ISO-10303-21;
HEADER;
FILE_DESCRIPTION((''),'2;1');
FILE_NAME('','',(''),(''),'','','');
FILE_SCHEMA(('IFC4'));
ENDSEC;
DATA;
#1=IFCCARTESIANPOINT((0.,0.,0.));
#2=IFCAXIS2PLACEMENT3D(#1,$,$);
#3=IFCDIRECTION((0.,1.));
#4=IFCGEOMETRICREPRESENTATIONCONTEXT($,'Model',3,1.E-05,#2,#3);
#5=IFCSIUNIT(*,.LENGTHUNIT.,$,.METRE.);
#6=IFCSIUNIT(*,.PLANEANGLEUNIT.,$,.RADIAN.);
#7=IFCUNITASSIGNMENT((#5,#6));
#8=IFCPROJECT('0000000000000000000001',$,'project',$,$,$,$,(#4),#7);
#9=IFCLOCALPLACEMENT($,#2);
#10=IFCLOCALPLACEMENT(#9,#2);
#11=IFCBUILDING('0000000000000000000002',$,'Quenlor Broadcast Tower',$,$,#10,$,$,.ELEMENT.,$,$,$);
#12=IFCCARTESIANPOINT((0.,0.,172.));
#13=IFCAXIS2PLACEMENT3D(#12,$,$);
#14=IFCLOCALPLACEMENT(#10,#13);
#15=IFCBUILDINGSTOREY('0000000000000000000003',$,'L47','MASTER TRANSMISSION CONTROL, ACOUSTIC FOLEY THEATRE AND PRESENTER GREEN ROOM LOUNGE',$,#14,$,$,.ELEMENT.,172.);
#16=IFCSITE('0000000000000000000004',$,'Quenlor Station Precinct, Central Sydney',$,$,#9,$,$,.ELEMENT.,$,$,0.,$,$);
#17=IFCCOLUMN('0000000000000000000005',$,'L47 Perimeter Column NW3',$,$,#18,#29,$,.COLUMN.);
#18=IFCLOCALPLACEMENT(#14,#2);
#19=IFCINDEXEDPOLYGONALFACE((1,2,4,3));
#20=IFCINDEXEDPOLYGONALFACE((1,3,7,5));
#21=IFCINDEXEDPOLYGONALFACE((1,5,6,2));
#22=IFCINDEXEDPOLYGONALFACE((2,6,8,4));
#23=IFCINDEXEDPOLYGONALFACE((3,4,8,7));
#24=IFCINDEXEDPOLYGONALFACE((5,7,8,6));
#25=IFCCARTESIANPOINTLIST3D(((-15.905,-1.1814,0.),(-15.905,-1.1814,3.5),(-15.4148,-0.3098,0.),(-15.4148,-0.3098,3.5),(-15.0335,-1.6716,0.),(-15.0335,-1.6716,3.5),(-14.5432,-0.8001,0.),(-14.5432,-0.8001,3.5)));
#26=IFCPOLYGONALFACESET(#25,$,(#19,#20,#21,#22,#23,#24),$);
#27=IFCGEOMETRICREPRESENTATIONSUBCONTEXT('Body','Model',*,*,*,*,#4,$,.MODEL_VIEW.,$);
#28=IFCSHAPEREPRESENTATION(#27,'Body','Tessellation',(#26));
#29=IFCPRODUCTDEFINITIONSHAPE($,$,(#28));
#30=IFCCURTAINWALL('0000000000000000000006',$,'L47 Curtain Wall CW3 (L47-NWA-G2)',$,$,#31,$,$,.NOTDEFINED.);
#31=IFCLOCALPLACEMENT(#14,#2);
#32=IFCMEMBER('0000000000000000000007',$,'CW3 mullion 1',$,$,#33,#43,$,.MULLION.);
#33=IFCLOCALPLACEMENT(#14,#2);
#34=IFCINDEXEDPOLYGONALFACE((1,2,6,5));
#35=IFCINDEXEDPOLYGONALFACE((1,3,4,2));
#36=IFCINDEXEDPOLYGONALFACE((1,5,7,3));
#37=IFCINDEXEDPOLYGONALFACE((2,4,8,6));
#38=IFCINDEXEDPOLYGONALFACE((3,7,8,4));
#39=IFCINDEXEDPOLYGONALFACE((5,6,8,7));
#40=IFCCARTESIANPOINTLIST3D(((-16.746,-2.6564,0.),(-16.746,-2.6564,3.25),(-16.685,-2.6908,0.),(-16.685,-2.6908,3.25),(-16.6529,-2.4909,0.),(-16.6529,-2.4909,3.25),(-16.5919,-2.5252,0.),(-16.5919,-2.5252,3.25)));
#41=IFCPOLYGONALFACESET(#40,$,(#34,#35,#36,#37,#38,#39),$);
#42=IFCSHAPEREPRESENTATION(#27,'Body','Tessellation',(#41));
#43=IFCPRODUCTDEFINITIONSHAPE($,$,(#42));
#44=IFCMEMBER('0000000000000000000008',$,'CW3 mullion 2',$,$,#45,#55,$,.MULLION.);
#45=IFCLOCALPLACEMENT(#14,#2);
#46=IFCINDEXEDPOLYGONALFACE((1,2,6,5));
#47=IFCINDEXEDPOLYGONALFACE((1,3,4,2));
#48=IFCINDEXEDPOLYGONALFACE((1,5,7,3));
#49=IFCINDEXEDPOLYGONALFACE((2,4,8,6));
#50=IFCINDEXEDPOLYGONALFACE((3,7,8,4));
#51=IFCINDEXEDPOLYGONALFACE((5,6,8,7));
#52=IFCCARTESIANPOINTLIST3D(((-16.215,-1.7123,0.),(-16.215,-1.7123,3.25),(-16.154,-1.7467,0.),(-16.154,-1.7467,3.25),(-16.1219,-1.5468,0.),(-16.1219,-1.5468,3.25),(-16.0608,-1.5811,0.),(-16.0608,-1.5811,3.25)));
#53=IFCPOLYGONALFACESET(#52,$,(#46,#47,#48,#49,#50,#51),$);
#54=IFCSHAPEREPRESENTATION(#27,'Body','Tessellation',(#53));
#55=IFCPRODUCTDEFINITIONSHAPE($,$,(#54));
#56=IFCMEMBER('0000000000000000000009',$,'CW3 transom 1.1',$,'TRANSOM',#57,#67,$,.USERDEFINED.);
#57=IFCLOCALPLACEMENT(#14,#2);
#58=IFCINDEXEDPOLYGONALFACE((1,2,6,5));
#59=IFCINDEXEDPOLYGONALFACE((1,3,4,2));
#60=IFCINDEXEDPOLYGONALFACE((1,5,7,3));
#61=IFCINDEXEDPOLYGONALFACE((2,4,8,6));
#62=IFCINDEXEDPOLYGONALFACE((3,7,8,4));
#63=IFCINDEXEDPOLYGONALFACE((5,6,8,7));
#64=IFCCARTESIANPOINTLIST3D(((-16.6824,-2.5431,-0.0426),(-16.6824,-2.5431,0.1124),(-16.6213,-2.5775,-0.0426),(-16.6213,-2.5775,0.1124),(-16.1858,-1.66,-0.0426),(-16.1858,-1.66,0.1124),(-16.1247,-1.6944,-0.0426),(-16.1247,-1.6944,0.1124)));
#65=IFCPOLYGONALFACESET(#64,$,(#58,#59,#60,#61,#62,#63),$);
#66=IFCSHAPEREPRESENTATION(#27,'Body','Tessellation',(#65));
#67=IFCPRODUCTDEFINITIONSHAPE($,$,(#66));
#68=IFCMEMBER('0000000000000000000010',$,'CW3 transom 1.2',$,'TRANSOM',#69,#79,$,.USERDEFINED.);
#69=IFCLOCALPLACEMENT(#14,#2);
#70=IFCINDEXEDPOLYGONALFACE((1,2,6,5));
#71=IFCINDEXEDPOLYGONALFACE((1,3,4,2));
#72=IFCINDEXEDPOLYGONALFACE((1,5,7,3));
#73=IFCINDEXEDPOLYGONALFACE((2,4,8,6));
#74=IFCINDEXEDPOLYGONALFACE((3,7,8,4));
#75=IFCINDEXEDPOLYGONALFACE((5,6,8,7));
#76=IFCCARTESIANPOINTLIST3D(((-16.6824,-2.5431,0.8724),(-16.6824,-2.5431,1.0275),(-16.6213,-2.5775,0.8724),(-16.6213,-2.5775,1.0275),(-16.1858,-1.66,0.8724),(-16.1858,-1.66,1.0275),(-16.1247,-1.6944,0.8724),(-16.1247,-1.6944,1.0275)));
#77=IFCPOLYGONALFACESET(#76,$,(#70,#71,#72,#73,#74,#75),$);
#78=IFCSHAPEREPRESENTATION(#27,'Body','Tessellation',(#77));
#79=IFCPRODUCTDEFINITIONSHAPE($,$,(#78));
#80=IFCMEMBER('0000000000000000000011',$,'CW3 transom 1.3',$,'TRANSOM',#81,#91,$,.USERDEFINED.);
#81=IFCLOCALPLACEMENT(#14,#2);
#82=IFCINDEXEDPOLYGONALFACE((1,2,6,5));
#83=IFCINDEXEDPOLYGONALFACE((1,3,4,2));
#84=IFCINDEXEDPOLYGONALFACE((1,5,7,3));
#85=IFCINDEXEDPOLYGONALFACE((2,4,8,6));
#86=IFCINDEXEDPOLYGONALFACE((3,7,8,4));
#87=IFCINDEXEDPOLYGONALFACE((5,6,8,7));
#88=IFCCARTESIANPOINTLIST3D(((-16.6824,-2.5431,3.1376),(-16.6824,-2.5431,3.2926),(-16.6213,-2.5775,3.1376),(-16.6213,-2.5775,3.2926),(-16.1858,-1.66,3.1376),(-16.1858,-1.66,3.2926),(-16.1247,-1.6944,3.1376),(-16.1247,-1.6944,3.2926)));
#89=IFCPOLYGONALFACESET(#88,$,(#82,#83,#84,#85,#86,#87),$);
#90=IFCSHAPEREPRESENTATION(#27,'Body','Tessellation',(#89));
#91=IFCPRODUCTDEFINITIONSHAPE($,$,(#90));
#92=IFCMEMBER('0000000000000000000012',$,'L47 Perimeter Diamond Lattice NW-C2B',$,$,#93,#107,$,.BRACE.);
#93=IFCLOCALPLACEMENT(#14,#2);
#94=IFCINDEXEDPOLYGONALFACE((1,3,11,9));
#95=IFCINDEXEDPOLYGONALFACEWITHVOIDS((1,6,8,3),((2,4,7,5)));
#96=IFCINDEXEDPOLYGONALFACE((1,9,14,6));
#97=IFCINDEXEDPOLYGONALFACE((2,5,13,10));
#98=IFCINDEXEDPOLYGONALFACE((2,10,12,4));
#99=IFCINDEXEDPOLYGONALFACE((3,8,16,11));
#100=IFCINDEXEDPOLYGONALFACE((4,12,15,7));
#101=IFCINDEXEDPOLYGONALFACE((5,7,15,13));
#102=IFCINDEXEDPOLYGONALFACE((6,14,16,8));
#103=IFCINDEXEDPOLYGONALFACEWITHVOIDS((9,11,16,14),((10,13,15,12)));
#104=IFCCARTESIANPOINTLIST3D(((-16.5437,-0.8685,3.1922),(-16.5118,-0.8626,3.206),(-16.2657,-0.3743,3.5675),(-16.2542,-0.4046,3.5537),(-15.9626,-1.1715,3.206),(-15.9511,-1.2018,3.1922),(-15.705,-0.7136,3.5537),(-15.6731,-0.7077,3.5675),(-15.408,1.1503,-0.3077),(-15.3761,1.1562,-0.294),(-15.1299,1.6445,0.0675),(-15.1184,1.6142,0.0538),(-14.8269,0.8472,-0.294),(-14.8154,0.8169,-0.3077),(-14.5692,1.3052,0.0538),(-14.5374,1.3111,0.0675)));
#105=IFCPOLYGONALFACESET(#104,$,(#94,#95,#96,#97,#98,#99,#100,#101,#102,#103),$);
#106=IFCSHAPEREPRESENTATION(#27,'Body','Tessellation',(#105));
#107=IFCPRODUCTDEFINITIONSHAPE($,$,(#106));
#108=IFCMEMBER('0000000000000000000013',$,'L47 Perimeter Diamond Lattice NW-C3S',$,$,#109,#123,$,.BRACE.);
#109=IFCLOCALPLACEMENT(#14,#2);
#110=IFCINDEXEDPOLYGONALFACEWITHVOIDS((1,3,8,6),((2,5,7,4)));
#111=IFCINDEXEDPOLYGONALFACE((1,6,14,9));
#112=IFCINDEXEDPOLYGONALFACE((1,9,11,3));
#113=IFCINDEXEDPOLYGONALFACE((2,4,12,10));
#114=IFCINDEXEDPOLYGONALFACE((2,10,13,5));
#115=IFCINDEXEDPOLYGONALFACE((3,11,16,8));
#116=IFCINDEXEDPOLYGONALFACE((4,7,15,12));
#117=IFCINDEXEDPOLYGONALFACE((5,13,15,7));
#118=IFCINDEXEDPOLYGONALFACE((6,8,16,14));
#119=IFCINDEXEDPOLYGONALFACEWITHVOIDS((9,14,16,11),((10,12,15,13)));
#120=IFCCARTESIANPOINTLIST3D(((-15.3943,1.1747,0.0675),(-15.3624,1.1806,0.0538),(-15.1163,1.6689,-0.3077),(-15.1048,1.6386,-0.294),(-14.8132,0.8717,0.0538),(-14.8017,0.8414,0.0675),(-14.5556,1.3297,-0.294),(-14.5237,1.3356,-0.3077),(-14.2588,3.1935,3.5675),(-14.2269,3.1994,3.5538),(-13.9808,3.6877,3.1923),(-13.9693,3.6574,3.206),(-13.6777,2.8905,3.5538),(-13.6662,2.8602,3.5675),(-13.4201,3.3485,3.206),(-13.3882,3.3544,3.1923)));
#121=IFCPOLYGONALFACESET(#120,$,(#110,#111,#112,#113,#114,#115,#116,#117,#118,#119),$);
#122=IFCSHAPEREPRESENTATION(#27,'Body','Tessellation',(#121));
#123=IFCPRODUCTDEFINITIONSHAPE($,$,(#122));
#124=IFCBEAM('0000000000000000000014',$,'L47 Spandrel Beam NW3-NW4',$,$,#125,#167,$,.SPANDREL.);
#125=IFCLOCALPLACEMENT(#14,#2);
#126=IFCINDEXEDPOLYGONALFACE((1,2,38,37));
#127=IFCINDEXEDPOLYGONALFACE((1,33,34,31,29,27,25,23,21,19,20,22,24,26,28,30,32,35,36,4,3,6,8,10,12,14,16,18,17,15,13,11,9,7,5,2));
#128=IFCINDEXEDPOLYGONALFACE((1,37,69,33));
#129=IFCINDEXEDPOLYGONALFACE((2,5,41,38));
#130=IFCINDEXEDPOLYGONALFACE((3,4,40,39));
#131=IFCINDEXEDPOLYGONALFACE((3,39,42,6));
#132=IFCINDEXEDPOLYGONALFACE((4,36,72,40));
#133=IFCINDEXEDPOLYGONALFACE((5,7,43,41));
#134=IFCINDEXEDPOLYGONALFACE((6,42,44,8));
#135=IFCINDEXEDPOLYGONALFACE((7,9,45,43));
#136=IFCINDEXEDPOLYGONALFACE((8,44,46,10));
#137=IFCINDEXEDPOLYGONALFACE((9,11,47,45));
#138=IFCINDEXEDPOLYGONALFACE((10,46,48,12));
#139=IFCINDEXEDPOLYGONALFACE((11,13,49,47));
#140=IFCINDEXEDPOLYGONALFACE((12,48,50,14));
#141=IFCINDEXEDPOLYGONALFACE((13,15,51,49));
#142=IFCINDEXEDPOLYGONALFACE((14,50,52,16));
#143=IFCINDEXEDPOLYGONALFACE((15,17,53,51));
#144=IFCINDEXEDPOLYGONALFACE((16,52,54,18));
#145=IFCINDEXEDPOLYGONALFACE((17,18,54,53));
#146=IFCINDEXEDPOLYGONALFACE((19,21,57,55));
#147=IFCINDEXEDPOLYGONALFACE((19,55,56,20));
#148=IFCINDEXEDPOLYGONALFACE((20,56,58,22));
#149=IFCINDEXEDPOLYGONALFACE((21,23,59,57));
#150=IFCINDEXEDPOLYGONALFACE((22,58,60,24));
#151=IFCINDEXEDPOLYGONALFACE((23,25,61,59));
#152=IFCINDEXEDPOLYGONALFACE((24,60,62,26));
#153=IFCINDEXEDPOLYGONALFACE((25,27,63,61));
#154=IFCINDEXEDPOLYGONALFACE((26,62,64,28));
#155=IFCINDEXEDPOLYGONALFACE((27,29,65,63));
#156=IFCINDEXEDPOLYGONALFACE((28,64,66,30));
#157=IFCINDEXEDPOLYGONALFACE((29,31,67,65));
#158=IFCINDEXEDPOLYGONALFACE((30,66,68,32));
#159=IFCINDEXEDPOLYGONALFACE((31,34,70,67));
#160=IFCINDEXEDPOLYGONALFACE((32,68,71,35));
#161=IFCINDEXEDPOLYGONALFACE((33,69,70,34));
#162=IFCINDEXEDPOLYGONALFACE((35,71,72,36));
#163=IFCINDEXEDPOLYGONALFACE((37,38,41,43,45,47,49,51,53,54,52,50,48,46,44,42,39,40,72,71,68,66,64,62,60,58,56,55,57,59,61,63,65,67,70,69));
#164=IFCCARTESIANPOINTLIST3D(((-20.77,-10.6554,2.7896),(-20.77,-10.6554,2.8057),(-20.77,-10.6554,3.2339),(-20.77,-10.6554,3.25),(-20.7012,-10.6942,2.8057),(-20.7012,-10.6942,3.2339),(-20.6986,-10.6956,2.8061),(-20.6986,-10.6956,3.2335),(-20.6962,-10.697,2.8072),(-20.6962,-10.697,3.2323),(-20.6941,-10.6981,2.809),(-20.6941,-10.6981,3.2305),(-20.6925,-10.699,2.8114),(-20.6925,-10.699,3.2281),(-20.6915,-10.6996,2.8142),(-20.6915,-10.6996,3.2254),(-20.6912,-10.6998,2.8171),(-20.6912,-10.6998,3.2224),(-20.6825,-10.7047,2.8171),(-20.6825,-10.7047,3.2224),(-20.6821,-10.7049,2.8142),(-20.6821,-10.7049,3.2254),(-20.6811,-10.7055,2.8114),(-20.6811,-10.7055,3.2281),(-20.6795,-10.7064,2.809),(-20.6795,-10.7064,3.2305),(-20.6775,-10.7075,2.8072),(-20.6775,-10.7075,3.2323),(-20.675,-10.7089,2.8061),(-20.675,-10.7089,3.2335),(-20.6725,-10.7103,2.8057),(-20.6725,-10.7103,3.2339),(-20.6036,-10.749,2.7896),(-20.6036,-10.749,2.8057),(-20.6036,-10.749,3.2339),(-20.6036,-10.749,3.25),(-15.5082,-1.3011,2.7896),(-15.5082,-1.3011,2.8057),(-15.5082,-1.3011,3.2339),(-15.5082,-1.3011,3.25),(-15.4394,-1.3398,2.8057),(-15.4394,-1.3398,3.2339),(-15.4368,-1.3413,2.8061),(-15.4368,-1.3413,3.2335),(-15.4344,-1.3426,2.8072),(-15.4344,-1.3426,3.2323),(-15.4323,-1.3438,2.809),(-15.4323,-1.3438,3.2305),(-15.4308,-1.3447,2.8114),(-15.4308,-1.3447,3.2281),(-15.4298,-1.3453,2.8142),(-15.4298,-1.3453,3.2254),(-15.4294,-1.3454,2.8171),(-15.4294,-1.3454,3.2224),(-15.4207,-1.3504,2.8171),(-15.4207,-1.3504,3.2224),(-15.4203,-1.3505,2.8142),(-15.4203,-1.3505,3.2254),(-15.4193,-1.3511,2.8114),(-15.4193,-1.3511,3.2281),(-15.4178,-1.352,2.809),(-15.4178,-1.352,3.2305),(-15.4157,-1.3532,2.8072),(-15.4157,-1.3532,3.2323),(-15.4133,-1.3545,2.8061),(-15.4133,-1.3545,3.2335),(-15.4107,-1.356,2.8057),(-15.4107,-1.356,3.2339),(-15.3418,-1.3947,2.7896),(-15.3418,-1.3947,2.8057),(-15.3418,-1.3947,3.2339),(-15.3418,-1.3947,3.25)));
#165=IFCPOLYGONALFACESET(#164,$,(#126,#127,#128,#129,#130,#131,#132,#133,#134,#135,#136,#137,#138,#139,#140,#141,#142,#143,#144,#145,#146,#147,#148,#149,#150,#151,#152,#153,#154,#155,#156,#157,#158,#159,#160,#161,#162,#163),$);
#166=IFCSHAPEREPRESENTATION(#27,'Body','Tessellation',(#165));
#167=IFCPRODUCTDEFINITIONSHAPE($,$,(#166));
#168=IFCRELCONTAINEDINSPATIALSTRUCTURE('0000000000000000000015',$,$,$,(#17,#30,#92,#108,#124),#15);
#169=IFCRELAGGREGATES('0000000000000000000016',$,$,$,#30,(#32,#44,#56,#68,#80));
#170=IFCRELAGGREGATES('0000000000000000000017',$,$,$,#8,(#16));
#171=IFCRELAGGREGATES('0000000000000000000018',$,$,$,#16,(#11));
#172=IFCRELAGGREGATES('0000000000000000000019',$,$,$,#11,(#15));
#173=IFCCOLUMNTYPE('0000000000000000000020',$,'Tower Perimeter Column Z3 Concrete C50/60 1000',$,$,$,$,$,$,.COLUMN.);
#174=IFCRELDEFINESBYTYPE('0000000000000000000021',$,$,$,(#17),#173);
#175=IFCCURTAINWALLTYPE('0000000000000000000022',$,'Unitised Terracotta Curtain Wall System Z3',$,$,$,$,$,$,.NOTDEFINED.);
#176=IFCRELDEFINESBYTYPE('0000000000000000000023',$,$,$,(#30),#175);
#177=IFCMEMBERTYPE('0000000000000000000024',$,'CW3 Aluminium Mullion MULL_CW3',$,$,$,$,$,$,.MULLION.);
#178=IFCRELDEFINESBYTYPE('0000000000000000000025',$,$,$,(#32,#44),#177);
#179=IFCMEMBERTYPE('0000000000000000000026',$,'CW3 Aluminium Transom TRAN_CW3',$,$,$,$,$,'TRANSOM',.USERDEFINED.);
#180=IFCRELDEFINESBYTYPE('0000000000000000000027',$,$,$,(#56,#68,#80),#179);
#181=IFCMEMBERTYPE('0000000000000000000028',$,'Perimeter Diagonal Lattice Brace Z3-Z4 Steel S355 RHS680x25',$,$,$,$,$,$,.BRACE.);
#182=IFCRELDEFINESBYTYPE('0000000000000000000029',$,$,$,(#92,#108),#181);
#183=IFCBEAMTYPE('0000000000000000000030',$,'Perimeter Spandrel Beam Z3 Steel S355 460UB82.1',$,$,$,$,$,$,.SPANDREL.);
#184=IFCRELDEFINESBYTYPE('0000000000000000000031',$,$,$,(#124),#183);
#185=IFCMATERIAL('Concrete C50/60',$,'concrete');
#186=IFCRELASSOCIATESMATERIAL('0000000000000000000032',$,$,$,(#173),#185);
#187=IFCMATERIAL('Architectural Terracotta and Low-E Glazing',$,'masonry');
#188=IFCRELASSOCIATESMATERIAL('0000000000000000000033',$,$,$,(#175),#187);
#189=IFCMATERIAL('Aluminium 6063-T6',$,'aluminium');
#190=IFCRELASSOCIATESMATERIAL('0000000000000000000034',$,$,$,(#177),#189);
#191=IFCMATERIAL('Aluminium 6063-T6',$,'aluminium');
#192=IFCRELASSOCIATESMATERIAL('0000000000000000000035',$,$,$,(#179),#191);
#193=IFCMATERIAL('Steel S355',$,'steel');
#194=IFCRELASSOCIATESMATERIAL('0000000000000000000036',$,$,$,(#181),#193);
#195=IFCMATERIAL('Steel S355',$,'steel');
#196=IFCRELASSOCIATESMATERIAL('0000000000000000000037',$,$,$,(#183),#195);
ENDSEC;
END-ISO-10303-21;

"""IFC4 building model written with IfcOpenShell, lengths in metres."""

from ifc_helpers import new_model, si_unit, direction, frame, origin, origin_2d, place, context, subcontext, project, spatial, rectangle, hollow_rectangle, i_section, extrude, material, material_profile, profile_set, type_object, element, aggregate, save


model = new_model("IFC4")

# Units and contexts
model_context = context("Model", 3, precision=1e-05, world=origin(), true_north=direction((0.0, 1.0)))
body_context = subcontext(model_context, "Body", "Model", "MODEL_VIEW")
ifc_project = project(units=[si_unit("LENGTHUNIT", "METRE"), si_unit("PLANEANGLEUNIT", "RADIAN")], contexts=[model_context])

# Site, building, storey
site_placement = place(None, origin())
site = spatial("IfcSite", under=ifc_project, at=site_placement, Name="Quenlor Station Precinct, Central Sydney", CompositionType="ELEMENT", RefElevation=0.0)
building_placement = place(site_placement, origin())
building = spatial("IfcBuilding", under=site, at=building_placement, Name="Quenlor Broadcast Tower", CompositionType="ELEMENT")
storey_placement = place(building_placement, frame((0.0, 0.0, 172.0)))
storey = spatial("IfcBuildingStorey", under=building, at=storey_placement, Name="L47", Description="MASTER TRANSMISSION CONTROL, ACOUSTIC FOLEY THEATRE AND PRESENTER GREEN ROOM LOUNGE", CompositionType="ELEMENT", Elevation=172.0)

# Column
ifc_material_1 = material(Name="Concrete C50/60", Category="concrete")
ifc_material_profile_1 = material_profile(ifc_material_1, rectangle(XDim=1.0, YDim=1.0, at=origin_2d()))
ifc_profile_set_1 = profile_set([ifc_material_profile_1], Name="Concrete C50/60 RC1000x1000")
column_type = type_object("IfcColumnType", Name="Tower Perimeter Column Z3 Concrete C50/60 1000", PredefinedType="COLUMN", material=ifc_profile_set_1)
column_placement = place(storey_placement, frame((-15.2241, -0.9907, 0.0), z_axis=(0.0, 0.0, 1.0), x_axis=(-0.871575, 0.490262, 0.0)))
element("IfcColumn", 1, at=column_placement, inside=storey, type_object=column_type, Name="L47 Perimeter Column NW3", PredefinedType="COLUMN", context=body_context, shape_type="SweptSolid", body=[
    extrude(rectangle(XDim=1.0, YDim=1.0, at=origin_2d()), origin(), (0.0, 0.0, 1.0), 3.5),
])

# Curtain wall, members
ifc_material_2 = material(Name="Architectural Terracotta and Low-E Glazing", Category="masonry")
curtain_wall_type = type_object("IfcCurtainWallType", Name="Unitised Terracotta Curtain Wall System Z3", PredefinedType="NOTDEFINED", material=ifc_material_2)
curtain_wall_placement = place(storey_placement, origin())
curtain_wall = element("IfcCurtainWall", 2, at=curtain_wall_placement, inside=storey, type_object=curtain_wall_type, Name="L47 Curtain Wall CW3 (L47-NWA-G2)", PredefinedType="NOTDEFINED")
ifc_material_3 = material(Name="Aluminium 6063-T6", Category="aluminium")
ifc_material_profile_2 = material_profile(ifc_material_3, rectangle(XDim=0.0701, YDim=0.1899, at=origin_2d()))
ifc_profile_set_2 = profile_set([ifc_material_profile_2], Name="Aluminium 6063-T6 MULL70x190")
member_type_1 = type_object("IfcMemberType", Name="CW3 Aluminium Mullion MULL_CW3", PredefinedType="MULLION", material=ifc_profile_set_2)
member_1_placement = place(storey_placement, frame((-16.6689, -2.5908, 0.0), z_axis=(0.0, 0.0, 1.0), x_axis=(-0.87158, 0.490253, 0.0)))
member_1 = element("IfcMember", 3, at=member_1_placement, type_object=member_type_1, Name="CW3 mullion 1", PredefinedType="MULLION", context=body_context, shape_type="SweptSolid", body=[
    extrude(rectangle(XDim=0.0701, YDim=0.1899, at=origin_2d()), origin(), (0.0, 0.0, 1.0), 3.25),
])
member_2_placement = place(storey_placement, frame((-16.1379, -1.6467, 0.0), z_axis=(0.0, 0.0, 1.0), x_axis=(-0.87158, 0.490253, 0.0)))
member_2 = element("IfcMember", 4, at=member_2_placement, type_object=member_type_1, Name="CW3 mullion 2", PredefinedType="MULLION", context=body_context, shape_type="SweptSolid", body=[
    extrude(rectangle(XDim=0.0701, YDim=0.1899, at=origin_2d()), origin(), (0.0, 0.0, 1.0), 3.25),
])
ifc_material_4 = material(Name="Aluminium 6063-T6", Category="aluminium")
ifc_material_profile_3 = material_profile(ifc_material_4, rectangle(XDim=0.0701, YDim=0.155, at=origin_2d()))
ifc_profile_set_3 = profile_set([ifc_material_profile_3], Name="Aluminium 6063-T6 TRAN70x155")
member_type_2 = type_object("IfcMemberType", Name="CW3 Aluminium Transom TRAN_CW3", ElementType="TRANSOM", PredefinedType="USERDEFINED", material=ifc_profile_set_3)
member_3_placement = place(storey_placement, frame((-16.6519, -2.5603, 0.0349), z_axis=(0.490158, 0.871633, 0.0), x_axis=(-0.871633, 0.490158, 0.0)))
member_3 = element("IfcMember", 5, at=member_3_placement, type_object=member_type_2, Name="CW3 transom 1.1", ObjectType="TRANSOM", PredefinedType="USERDEFINED", context=body_context, shape_type="SweptSolid", body=[
    extrude(rectangle(XDim=0.0701, YDim=0.155, at=origin_2d()), origin(), (0.0, 0.0, 1.0), 1.0132),
])
member_4_placement = place(storey_placement, frame((-16.6519, -2.5603, 0.95), z_axis=(0.490158, 0.871633, 0.0), x_axis=(-0.871633, 0.490158, 0.0)))
member_4 = element("IfcMember", 6, at=member_4_placement, type_object=member_type_2, Name="CW3 transom 1.2", ObjectType="TRANSOM", PredefinedType="USERDEFINED", context=body_context, shape_type="SweptSolid", body=[
    extrude(rectangle(XDim=0.0701, YDim=0.155, at=origin_2d()), origin(), (0.0, 0.0, 1.0), 1.0132),
])
member_5_placement = place(storey_placement, frame((-16.6519, -2.5603, 3.2151), z_axis=(0.490158, 0.871633, 0.0), x_axis=(-0.871633, 0.490158, 0.0)))
member_5 = element("IfcMember", 7, at=member_5_placement, type_object=member_type_2, Name="CW3 transom 1.3", ObjectType="TRANSOM", PredefinedType="USERDEFINED", context=body_context, shape_type="SweptSolid", body=[
    extrude(rectangle(XDim=0.0701, YDim=0.155, at=origin_2d()), origin(), (0.0, 0.0, 1.0), 1.0132),
])

# Members
ifc_material_5 = material(Name="Steel S355", Category="steel")
ifc_material_profile_4 = material_profile(ifc_material_5, hollow_rectangle(XDim=0.6799, YDim=0.6799, WallThickness=0.0249, at=origin_2d()))
ifc_profile_set_4 = profile_set([ifc_material_profile_4], Name="Steel S355 RHS680x680x25")
member_type_3 = type_object("IfcMemberType", Name="Perimeter Diagonal Lattice Brace Z3-Z4 Steel S355 RHS680x25", PredefinedType="BRACE", material=ifc_profile_set_4)
for number, where, z_axis, x_axis, name in (
    (8, (-14.9727, 1.2307, -0.1201), (-0.270603, -0.481001, 0.833914), (0.871545, -0.490316, 0.0), "L47 Perimeter Diamond Lattice NW-C2B"),
    (9, (-14.959, 1.2551, -0.1201), (0.270549, 0.481009, 0.833927), (-0.87159, 0.490236, 0.0), "L47 Perimeter Diamond Lattice NW-C3S"),
):
    element("IfcMember", number, at=place(storey_placement, frame(where, z_axis=z_axis, x_axis=x_axis)), inside=storey, type_object=member_type_3, Name=name, PredefinedType="BRACE", context=body_context, shape_type="SweptSolid", body=[
        extrude(hollow_rectangle(XDim=0.6799, YDim=0.6799, WallThickness=0.0249, at=origin_2d()), origin(), (0.0, 0.0, 1.0), 4.197),
    ])

# Beam
ifc_material_6 = material(Name="Steel S355", Category="steel")
ifc_material_profile_5 = material_profile(ifc_material_6, i_section(OverallWidth=0.1909, OverallDepth=0.4604, WebThickness=0.01, FlangeThickness=0.0161, FilletRadius=0.0115, at=origin_2d()))
ifc_profile_set_5 = profile_set([ifc_material_profile_5], Name="Steel S355 460UB82.1")
beam_type_1 = type_object("IfcBeamType", Name="Perimeter Spandrel Beam Z3 Steel S355 460UB82.1", PredefinedType="SPANDREL", material=ifc_profile_set_5)
beam_1_placement = place(storey_placement, frame((-15.425, -1.3479, 3.0198), z_axis=(-0.490258, -0.871577, 0.0), x_axis=(0.871577, -0.490258, 0.0)))
element("IfcBeam", 10, at=beam_1_placement, inside=storey, type_object=beam_type_1, Name="L47 Spandrel Beam NW3-NW4", PredefinedType="SPANDREL", context=body_context, shape_type="SweptSolid", body=[
    extrude(i_section(OverallWidth=0.1909, OverallDepth=0.4604, WebThickness=0.01, FlangeThickness=0.0161, FilletRadius=0.0115, at=origin_2d()), origin(), (0.0, 0.0, 1.0), 10.7327),
])

aggregate(curtain_wall, [member_1, member_2, member_3, member_4, member_5])

save(model, "model.ifc")
